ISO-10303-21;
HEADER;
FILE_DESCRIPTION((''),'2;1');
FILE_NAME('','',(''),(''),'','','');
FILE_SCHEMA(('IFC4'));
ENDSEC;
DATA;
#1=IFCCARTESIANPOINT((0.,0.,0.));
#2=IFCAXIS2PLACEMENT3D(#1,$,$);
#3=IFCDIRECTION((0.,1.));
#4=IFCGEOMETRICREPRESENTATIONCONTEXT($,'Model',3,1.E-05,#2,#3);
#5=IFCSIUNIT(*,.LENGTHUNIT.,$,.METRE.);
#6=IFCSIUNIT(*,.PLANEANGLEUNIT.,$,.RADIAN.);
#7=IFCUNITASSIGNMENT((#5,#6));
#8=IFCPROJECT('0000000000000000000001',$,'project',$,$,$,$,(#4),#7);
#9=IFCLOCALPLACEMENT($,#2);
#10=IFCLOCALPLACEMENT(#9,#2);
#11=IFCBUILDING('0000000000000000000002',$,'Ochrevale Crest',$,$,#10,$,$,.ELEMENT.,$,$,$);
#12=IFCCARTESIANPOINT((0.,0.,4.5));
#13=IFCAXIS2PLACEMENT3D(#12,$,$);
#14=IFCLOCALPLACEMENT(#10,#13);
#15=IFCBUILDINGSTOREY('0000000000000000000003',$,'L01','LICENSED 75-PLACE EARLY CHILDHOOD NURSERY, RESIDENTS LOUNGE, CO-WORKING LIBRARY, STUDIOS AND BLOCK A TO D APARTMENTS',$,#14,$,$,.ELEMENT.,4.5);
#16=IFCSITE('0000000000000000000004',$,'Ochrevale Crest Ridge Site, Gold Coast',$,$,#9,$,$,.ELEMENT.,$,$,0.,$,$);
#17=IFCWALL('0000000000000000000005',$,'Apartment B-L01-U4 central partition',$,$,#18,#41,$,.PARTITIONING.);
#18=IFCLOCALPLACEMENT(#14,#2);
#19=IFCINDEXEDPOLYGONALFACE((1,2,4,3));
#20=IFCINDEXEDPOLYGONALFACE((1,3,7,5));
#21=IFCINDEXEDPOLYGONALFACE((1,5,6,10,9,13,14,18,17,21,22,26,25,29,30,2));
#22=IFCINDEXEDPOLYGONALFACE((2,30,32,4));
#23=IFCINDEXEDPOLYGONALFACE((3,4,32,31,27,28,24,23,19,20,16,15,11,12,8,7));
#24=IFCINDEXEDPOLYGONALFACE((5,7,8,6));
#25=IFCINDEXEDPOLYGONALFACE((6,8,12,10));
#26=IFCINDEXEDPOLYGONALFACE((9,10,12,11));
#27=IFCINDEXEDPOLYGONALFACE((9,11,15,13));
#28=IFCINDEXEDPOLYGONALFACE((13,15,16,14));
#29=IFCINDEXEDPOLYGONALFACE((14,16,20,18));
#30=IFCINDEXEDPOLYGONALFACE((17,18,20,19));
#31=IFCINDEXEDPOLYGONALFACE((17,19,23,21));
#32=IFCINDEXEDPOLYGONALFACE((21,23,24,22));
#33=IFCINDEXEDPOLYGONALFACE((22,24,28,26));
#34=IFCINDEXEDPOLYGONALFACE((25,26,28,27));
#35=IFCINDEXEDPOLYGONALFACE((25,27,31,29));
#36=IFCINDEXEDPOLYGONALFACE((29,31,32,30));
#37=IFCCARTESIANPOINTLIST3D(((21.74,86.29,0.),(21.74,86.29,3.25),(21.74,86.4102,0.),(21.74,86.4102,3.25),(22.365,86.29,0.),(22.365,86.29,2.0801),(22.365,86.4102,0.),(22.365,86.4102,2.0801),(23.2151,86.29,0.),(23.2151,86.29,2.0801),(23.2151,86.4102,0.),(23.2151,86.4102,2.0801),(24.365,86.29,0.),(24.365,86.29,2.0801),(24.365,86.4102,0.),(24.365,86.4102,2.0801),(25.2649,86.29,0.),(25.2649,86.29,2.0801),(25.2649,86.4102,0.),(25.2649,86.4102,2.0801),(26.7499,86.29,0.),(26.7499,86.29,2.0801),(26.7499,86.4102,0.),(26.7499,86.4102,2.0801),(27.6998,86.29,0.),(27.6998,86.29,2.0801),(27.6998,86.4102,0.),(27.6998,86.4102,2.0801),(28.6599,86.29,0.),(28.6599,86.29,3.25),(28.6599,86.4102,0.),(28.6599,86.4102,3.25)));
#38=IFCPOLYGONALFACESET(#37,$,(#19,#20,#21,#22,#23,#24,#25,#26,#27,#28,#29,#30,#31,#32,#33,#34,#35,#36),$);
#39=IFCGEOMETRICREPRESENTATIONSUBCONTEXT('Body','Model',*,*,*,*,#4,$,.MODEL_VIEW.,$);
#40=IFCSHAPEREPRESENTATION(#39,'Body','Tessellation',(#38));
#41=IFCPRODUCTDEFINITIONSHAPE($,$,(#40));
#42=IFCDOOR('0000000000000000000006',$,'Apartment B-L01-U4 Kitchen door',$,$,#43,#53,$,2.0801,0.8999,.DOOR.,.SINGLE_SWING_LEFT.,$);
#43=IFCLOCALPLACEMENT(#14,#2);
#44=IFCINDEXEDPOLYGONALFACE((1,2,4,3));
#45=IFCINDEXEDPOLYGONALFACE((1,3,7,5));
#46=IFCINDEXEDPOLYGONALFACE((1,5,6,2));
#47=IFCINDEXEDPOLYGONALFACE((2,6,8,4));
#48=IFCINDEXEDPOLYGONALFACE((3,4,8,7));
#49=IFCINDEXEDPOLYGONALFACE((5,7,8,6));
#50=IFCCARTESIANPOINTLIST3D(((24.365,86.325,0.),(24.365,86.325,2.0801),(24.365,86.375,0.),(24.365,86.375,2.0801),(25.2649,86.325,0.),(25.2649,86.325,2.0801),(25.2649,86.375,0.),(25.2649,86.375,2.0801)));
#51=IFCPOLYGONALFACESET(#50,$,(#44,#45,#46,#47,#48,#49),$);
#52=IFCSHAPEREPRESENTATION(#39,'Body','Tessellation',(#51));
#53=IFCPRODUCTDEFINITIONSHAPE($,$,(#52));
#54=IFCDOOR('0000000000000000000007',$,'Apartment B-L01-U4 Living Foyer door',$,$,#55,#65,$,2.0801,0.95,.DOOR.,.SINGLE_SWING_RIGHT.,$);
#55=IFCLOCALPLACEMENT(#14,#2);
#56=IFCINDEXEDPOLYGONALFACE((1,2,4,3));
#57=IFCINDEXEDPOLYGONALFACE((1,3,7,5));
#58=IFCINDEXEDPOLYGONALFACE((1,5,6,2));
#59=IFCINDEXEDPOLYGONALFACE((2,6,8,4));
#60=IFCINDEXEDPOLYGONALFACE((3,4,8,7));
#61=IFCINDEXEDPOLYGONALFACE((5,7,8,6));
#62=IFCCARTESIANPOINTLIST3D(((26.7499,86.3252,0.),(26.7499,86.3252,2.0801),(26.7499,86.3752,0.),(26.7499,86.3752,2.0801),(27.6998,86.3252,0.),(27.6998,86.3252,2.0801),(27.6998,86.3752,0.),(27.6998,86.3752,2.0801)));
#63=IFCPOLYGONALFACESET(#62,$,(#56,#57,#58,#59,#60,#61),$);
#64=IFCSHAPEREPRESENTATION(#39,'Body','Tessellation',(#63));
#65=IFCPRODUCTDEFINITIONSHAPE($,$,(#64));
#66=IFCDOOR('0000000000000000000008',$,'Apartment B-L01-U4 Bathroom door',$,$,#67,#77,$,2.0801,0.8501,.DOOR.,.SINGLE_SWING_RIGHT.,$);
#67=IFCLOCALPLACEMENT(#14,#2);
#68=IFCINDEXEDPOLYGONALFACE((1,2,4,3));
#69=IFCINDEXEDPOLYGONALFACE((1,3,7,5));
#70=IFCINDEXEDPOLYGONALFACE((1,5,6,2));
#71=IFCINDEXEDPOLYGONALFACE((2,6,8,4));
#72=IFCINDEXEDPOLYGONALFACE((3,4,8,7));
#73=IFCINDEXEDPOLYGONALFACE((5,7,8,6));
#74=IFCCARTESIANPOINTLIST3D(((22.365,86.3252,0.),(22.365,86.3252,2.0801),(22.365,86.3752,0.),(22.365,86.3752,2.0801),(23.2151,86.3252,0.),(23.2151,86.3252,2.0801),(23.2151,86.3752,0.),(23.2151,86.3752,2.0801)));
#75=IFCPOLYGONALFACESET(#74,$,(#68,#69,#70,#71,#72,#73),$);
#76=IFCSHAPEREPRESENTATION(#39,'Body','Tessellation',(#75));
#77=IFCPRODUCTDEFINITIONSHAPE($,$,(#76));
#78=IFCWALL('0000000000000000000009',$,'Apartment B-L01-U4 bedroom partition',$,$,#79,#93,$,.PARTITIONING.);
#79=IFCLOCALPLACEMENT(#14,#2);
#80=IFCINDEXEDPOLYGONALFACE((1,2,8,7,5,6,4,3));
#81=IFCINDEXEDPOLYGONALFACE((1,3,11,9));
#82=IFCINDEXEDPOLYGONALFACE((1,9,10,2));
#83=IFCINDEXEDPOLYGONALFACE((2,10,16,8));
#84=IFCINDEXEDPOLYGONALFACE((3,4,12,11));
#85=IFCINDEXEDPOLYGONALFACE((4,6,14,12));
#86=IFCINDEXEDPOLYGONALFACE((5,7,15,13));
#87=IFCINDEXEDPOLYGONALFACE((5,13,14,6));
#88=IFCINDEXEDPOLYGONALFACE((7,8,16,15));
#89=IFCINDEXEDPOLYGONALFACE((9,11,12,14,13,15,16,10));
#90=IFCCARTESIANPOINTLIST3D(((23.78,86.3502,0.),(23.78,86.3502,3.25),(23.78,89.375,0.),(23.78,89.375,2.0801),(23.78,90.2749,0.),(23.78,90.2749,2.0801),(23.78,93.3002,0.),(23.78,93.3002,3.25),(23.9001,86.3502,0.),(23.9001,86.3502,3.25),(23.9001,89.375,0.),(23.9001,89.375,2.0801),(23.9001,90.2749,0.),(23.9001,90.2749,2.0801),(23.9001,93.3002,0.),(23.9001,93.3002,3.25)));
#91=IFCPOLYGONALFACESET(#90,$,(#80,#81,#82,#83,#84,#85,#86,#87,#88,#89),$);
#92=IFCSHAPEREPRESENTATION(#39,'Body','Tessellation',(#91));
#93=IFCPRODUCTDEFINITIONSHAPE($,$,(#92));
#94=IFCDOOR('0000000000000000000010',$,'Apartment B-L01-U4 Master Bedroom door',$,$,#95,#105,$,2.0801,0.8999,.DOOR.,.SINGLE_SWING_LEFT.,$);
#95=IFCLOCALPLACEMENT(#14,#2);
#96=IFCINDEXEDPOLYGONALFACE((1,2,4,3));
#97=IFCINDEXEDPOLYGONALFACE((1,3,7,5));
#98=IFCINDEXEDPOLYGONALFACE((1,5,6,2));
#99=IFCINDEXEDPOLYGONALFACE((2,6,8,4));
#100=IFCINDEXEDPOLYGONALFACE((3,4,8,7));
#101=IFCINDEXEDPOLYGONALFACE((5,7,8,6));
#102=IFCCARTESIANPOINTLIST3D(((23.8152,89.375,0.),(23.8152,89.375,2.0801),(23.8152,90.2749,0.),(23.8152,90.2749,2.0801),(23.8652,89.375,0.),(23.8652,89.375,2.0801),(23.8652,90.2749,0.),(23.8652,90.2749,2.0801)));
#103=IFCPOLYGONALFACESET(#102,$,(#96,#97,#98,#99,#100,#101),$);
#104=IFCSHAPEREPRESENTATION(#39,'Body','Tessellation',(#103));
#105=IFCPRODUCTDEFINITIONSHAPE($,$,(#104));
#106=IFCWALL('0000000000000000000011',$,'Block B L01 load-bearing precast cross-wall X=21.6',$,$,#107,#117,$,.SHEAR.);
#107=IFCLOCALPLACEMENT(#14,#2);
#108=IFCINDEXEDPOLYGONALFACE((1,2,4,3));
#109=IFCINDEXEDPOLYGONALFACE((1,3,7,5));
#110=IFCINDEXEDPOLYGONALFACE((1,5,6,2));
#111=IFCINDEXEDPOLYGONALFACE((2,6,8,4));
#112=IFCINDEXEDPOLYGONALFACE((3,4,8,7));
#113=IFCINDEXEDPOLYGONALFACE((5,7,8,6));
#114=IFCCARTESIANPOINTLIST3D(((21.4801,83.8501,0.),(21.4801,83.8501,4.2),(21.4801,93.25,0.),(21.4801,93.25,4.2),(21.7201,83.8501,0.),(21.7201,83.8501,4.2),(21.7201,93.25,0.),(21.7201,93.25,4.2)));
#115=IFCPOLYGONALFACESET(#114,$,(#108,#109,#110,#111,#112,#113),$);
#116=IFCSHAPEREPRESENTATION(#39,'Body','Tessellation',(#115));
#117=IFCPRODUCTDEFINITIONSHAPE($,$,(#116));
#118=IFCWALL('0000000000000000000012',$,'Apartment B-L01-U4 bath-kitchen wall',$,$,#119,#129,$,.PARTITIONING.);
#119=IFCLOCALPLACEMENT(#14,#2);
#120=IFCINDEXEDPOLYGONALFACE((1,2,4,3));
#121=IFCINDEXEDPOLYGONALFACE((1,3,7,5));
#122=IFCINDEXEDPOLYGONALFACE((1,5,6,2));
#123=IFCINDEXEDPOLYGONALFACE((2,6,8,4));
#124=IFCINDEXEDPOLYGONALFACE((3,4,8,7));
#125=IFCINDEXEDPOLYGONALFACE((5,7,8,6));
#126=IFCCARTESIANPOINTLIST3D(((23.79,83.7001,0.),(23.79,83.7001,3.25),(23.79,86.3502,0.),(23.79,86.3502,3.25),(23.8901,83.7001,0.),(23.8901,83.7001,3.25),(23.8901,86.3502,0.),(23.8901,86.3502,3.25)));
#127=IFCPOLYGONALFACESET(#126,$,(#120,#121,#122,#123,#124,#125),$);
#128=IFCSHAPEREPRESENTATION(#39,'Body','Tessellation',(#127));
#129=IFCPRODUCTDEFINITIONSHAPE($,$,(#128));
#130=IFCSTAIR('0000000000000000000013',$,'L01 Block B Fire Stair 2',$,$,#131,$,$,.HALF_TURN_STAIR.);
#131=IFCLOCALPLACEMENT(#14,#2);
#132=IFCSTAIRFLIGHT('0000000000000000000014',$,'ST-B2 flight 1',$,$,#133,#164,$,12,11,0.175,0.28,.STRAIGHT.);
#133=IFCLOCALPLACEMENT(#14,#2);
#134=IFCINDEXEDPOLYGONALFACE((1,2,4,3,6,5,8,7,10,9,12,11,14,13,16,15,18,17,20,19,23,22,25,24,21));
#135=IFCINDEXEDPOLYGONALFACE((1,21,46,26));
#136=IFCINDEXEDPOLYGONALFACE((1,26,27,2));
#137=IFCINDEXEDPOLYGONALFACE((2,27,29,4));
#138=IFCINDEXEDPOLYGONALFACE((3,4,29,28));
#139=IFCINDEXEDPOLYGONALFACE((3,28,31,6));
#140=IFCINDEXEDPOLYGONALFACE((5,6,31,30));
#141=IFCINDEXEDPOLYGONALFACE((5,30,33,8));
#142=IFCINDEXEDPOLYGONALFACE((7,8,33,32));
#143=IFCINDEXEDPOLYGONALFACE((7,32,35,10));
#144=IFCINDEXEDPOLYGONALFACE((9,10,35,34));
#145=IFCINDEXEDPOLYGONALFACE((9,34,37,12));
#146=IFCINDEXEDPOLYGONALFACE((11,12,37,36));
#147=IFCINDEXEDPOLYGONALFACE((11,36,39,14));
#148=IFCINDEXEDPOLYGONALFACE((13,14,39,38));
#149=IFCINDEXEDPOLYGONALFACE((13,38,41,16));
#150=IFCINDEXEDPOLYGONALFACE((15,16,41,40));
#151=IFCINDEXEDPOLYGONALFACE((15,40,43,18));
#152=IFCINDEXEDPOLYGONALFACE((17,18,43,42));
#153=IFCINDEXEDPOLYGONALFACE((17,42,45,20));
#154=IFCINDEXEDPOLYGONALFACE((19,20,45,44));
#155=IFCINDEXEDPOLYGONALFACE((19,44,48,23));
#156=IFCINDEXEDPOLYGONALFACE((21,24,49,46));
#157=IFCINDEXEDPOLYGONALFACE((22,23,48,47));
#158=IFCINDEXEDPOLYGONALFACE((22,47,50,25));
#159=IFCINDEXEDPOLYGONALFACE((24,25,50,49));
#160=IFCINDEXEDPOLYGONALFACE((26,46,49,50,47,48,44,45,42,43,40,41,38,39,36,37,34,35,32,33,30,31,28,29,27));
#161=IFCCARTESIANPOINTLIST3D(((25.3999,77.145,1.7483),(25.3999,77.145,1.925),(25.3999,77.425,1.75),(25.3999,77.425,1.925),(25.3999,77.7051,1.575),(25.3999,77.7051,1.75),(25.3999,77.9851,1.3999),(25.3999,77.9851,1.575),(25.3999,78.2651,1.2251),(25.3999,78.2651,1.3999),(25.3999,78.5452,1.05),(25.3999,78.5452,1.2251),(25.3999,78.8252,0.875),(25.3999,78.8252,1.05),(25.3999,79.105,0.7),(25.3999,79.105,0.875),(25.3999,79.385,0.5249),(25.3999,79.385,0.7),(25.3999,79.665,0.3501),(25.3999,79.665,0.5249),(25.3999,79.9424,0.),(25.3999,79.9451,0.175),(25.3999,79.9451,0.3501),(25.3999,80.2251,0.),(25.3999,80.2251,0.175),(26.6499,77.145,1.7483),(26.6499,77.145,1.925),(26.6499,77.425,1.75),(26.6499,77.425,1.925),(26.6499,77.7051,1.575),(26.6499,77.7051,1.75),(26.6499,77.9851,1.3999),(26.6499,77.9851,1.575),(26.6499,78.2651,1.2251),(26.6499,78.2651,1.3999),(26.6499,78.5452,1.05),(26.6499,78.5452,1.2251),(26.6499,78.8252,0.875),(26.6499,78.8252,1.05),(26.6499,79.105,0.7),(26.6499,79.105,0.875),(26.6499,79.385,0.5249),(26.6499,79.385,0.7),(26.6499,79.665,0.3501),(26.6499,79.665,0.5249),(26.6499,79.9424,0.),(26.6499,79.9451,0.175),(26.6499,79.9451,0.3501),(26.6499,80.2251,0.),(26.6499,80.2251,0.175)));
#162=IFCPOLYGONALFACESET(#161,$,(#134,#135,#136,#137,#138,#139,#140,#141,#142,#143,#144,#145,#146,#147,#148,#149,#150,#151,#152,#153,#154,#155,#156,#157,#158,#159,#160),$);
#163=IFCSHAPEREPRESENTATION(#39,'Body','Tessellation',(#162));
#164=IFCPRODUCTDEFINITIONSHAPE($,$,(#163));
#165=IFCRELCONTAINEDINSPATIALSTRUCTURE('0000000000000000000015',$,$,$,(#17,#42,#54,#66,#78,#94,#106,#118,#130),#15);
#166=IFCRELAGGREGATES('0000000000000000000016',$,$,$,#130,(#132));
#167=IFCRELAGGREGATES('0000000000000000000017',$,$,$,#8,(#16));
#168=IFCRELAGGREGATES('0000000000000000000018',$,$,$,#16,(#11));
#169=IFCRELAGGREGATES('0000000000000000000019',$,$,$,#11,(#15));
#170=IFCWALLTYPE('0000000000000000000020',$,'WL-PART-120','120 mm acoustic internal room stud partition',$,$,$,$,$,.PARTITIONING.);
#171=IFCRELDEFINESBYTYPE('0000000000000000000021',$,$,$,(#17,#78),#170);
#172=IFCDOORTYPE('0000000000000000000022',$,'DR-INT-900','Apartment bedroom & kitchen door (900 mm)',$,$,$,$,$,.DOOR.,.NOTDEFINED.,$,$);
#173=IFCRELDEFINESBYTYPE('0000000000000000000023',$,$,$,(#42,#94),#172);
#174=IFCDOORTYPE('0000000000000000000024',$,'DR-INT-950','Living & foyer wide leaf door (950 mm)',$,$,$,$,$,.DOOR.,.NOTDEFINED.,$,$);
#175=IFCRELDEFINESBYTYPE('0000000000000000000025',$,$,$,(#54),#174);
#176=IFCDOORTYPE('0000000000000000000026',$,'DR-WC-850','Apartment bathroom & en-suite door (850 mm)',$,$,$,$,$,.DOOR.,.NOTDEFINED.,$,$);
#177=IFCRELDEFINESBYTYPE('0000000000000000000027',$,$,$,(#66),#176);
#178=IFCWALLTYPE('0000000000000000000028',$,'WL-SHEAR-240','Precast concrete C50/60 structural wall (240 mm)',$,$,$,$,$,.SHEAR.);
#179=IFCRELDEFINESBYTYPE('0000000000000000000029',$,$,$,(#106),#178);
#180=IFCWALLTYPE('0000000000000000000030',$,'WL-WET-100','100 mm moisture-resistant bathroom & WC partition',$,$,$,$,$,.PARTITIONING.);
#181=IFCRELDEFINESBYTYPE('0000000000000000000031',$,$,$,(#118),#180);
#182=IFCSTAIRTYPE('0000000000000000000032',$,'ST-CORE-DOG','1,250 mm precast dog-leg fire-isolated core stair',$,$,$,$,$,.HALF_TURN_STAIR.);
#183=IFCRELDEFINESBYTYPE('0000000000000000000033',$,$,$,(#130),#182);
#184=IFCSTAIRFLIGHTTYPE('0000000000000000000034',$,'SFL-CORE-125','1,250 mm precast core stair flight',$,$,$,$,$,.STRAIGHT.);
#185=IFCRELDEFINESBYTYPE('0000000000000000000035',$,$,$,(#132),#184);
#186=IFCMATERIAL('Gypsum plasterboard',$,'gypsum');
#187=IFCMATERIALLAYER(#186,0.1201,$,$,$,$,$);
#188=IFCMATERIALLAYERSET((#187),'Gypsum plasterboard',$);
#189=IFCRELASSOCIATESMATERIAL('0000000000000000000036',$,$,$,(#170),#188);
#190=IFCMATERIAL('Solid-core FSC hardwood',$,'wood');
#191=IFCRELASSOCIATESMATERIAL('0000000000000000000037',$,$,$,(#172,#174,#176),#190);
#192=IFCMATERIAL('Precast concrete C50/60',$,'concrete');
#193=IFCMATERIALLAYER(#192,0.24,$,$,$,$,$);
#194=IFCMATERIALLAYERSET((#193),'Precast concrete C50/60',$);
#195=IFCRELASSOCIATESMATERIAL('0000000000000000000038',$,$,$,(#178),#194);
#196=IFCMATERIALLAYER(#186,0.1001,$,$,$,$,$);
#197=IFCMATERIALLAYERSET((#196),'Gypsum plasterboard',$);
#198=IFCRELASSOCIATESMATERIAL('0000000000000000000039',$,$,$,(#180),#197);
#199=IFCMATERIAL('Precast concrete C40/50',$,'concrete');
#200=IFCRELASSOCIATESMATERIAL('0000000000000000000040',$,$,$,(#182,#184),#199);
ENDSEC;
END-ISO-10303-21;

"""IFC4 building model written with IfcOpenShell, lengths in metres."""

from ifc_helpers import new_model, si_unit, direction, frame, frame_2d, origin, place, context, subcontext, project, spatial, polyline, rectangle, outline, extrude, material, layer, layer_set, type_object, element, fill, aggregate, save


model = new_model("IFC4")

# Units and contexts
model_context = context("Model", 3, precision=1e-05, world=origin(), true_north=direction((0.0, 1.0)))
body_context = subcontext(model_context, "Body", "Model", "MODEL_VIEW")
ifc_project = project(units=[si_unit("LENGTHUNIT", "METRE"), si_unit("PLANEANGLEUNIT", "RADIAN")], contexts=[model_context])

# Site, building, storey
site_placement = place(None, origin())
site = spatial("IfcSite", under=ifc_project, at=site_placement, Name="Ochrevale Crest Ridge Site, Gold Coast", CompositionType="ELEMENT", RefElevation=0.0)
building_placement = place(site_placement, origin())
building = spatial("IfcBuilding", under=site, at=building_placement, Name="Ochrevale Crest", CompositionType="ELEMENT")
storey_placement = place(building_placement, frame((0.0, 0.0, 4.5)))
storey = spatial("IfcBuildingStorey", under=building, at=storey_placement, Name="L01", Description="LICENSED 75-PLACE EARLY CHILDHOOD NURSERY, RESIDENTS LOUNGE, CO-WORKING LIBRARY, STUDIOS AND BLOCK A TO D APARTMENTS", CompositionType="ELEMENT", Elevation=4.5)

# Shared definitions
ifc_material_1 = material(Name="Precast concrete C50/60", Category="concrete")

# Shared definitions
ifc_material_2 = material(Name="Gypsum plasterboard", Category="gypsum")
ifc_material_3 = material(Name="Solid-core FSC hardwood", Category="wood")

# Shared definitions
ifc_layer_1 = layer(ifc_material_2, 0.1201)
ifc_layer_set_1 = layer_set([ifc_layer_1], Name="Gypsum plasterboard")
wall_type_1 = type_object("IfcWallType", Name="WL-PART-120", Description="120 mm acoustic internal room stud partition", PredefinedType="PARTITIONING", material=ifc_layer_set_1)

# Wall, openings, doors
wall_1_placement = place(storey_placement, frame((21.74, 86.3501, 0.0), z_axis=(0.0, 0.0, 1.0), x_axis=(1.0, 0.0, 0.0)))
wall_1 = element("IfcWall", 1, at=wall_1_placement, inside=storey, type_object=wall_type_1, Name="Apartment B-L01-U4 central partition", PredefinedType="PARTITIONING", context=body_context, shape_type="SweptSolid", body=[
    extrude(rectangle(XDim=6.9199, YDim=0.1201, at=frame_2d((3.46, 0.0))), origin(), (0.0, 0.0, 1.0), 3.25),
])
opening_1_placement = place(wall_1_placement, frame((1.4751, 0.0, 0.0), z_axis=(0.0, 0.0, 1.0), x_axis=(-1.0, 0.0, 0.0)))
opening_1 = element("IfcOpeningElement", 2, at=opening_1_placement, cuts=wall_1, PredefinedType="OPENING", context=body_context, shape_type="SweptSolid", body=[
    extrude(rectangle(XDim=0.8501, YDim=2.0801, at=frame_2d((0.425, 1.04))), frame((0.0, 0.0701, 0.0), z_axis=(0.0, -1.0, 0.0), x_axis=(1.0, 0.0, 0.0)), (0.0, 0.0, 1.0), 0.1401),
])
opening_2_placement = place(wall_1_placement, frame((2.625, 0.0, 0.0)))
opening_2 = element("IfcOpeningElement", 3, at=opening_2_placement, cuts=wall_1, PredefinedType="OPENING", context=body_context, shape_type="SweptSolid", body=[
    extrude(rectangle(XDim=0.8999, YDim=2.0801, at=frame_2d((0.45, 1.04))), frame((0.0, 0.0701, 0.0), z_axis=(0.0, -1.0, 0.0), x_axis=(1.0, 0.0, 0.0)), (0.0, 0.0, 1.0), 0.1401),
])
opening_3_placement = place(wall_1_placement, frame((5.96, 0.0, 0.0), z_axis=(0.0, 0.0, 1.0), x_axis=(-1.0, 0.0, 0.0)))
opening_3 = element("IfcOpeningElement", 4, at=opening_3_placement, cuts=wall_1, PredefinedType="OPENING", context=body_context, shape_type="SweptSolid", body=[
    extrude(rectangle(XDim=0.95, YDim=2.0801, at=frame_2d((0.4751, 1.04))), frame((0.0, 0.0701, 0.0), z_axis=(0.0, -1.0, 0.0), x_axis=(1.0, 0.0, 0.0)), (0.0, 0.0, 1.0), 0.1401),
])
door_type_1 = type_object("IfcDoorType", Name="DR-INT-900", Description="Apartment bedroom & kitchen door (900 mm)", OperationType="NOTDEFINED", PredefinedType="DOOR", material=ifc_material_3)
door_1_placement = place(opening_2_placement, origin())
door_1 = element("IfcDoor", 5, at=door_1_placement, inside=storey, type_object=door_type_1, Name="Apartment B-L01-U4 Kitchen door", OperationType="SINGLE_SWING_LEFT", OverallHeight=2.0801, OverallWidth=0.8999, PredefinedType="DOOR", context=body_context, shape_type="SweptSolid", body=[
    extrude(rectangle(XDim=0.8999, YDim=2.0801, at=frame_2d((0.45, 1.04))), frame((0.0, 0.0249, 0.0), z_axis=(0.0, -1.0, 0.0), x_axis=(1.0, 0.0, 0.0)), (0.0, 0.0, 1.0), 0.05),
])
fill(opening_2, door_1)
door_type_2 = type_object("IfcDoorType", Name="DR-INT-950", Description="Living & foyer wide leaf door (950 mm)", OperationType="NOTDEFINED", PredefinedType="DOOR", material=ifc_material_3)
door_2_placement = place(opening_3_placement, origin())
door_2 = element("IfcDoor", 6, at=door_2_placement, inside=storey, type_object=door_type_2, Name="Apartment B-L01-U4 Living Foyer door", OperationType="SINGLE_SWING_RIGHT", OverallHeight=2.0801, OverallWidth=0.95, PredefinedType="DOOR", context=body_context, shape_type="SweptSolid", body=[
    extrude(rectangle(XDim=0.95, YDim=2.0801, at=frame_2d((0.4751, 1.04))), frame((0.0, 0.0249, 0.0), z_axis=(0.0, -1.0, 0.0), x_axis=(1.0, 0.0, 0.0)), (0.0, 0.0, 1.0), 0.05),
])
fill(opening_3, door_2)
door_type_3 = type_object("IfcDoorType", Name="DR-WC-850", Description="Apartment bathroom & en-suite door (850 mm)", OperationType="NOTDEFINED", PredefinedType="DOOR", material=ifc_material_3)
door_3_placement = place(opening_1_placement, origin())
door_3 = element("IfcDoor", 7, at=door_3_placement, inside=storey, type_object=door_type_3, Name="Apartment B-L01-U4 Bathroom door", OperationType="SINGLE_SWING_RIGHT", OverallHeight=2.0801, OverallWidth=0.8501, PredefinedType="DOOR", context=body_context, shape_type="SweptSolid", body=[
    extrude(rectangle(XDim=0.8501, YDim=2.0801, at=frame_2d((0.425, 1.04))), frame((0.0, 0.0249, 0.0), z_axis=(0.0, -1.0, 0.0), x_axis=(1.0, 0.0, 0.0)), (0.0, 0.0, 1.0), 0.05),
])
fill(opening_1, door_3)

# Wall, opening, door
wall_2_placement = place(storey_placement, frame((23.8401, 86.3501, 0.0), z_axis=(0.0, 0.0, 1.0), x_axis=(0.0, 1.0, 0.0)))
wall_2 = element("IfcWall", 8, at=wall_2_placement, inside=storey, type_object=wall_type_1, Name="Apartment B-L01-U4 bedroom partition", PredefinedType="PARTITIONING", context=body_context, shape_type="SweptSolid", body=[
    extrude(rectangle(XDim=6.95, YDim=0.1201, at=frame_2d((3.4751, 0.0))), origin(), (0.0, 0.0, 1.0), 3.25),
])
opening_4_placement = place(wall_2_placement, frame((3.0249, 0.0, 0.0)))
opening_4 = element("IfcOpeningElement", 9, at=opening_4_placement, cuts=wall_2, PredefinedType="OPENING", context=body_context, shape_type="SweptSolid", body=[
    extrude(rectangle(XDim=0.8999, YDim=2.0801, at=frame_2d((0.45, 1.04))), frame((0.0, 0.0701, 0.0), z_axis=(0.0, -1.0, 0.0), x_axis=(1.0, 0.0, 0.0)), (0.0, 0.0, 1.0), 0.1401),
])
door_4_placement = place(opening_4_placement, origin())
door_4 = element("IfcDoor", 10, at=door_4_placement, inside=storey, type_object=door_type_1, Name="Apartment B-L01-U4 Master Bedroom door", OperationType="SINGLE_SWING_LEFT", OverallHeight=2.0801, OverallWidth=0.8999, PredefinedType="DOOR", context=body_context, shape_type="SweptSolid", body=[
    extrude(rectangle(XDim=0.8999, YDim=2.0801, at=frame_2d((0.45, 1.04))), frame((0.0, 0.0249, 0.0), z_axis=(0.0, -1.0, 0.0), x_axis=(1.0, 0.0, 0.0)), (0.0, 0.0, 1.0), 0.05),
])
fill(opening_4, door_4)

# Walls
ifc_layer_2 = layer(ifc_material_1, 0.24)
ifc_layer_set_2 = layer_set([ifc_layer_2], Name="Precast concrete C50/60")
wall_type_2 = type_object("IfcWallType", Name="WL-SHEAR-240", Description="Precast concrete C50/60 structural wall (240 mm)", PredefinedType="SHEAR", material=ifc_layer_set_2)
wall_3_placement = place(storey_placement, frame((21.6001, 83.8501, 0.0), z_axis=(0.0, 0.0, 1.0), x_axis=(0.0, 1.0, 0.0)))
element("IfcWall", 11, at=wall_3_placement, inside=storey, type_object=wall_type_2, Name="Block B L01 load-bearing precast cross-wall X=21.6", PredefinedType="SHEAR", context=body_context, shape_type="SweptSolid", body=[
    extrude(rectangle(XDim=9.3999, YDim=0.24, at=frame_2d((4.7, 0.0))), origin(), (0.0, 0.0, 1.0), 4.2),
])
ifc_layer_3 = layer(ifc_material_2, 0.1001)
ifc_layer_set_3 = layer_set([ifc_layer_3], Name="Gypsum plasterboard")
wall_type_3 = type_object("IfcWallType", Name="WL-WET-100", Description="100 mm moisture-resistant bathroom & WC partition", PredefinedType="PARTITIONING", material=ifc_layer_set_3)
wall_4_placement = place(storey_placement, frame((23.8401, 83.7, 0.0), z_axis=(0.0, 0.0, 1.0), x_axis=(0.0, 1.0, 0.0)))
element("IfcWall", 12, at=wall_4_placement, inside=storey, type_object=wall_type_3, Name="Apartment B-L01-U4 bath-kitchen wall", PredefinedType="PARTITIONING", context=body_context, shape_type="SweptSolid", body=[
    extrude(rectangle(XDim=2.6501, YDim=0.1001, at=frame_2d((1.3252, 0.0))), origin(), (0.0, 0.0, 1.0), 3.25),
])

# Stair, stair flight
ifc_material_4 = material(Name="Precast concrete C40/50", Category="concrete")
stair_type = type_object("IfcStairType", Name="ST-CORE-DOG", Description="1,250 mm precast dog-leg fire-isolated core stair", PredefinedType="HALF_TURN_STAIR", material=ifc_material_4)
stair_placement = place(storey_placement, origin())
stair = element("IfcStair", 13, at=stair_placement, inside=storey, type_object=stair_type, Name="L01 Block B Fire Stair 2", PredefinedType="HALF_TURN_STAIR")
stair_flight_type = type_object("IfcStairFlightType", Name="SFL-CORE-125", Description="1,250 mm precast core stair flight", PredefinedType="STRAIGHT", material=ifc_material_4)
stair_flight_placement = place(storey_placement, frame((26.0249, 80.2251, 0.0), z_axis=(0.0, 0.0, 1.0), x_axis=(0.0, -1.0, 0.0)))
stair_flight = element("IfcStairFlight", 14, at=stair_flight_placement, type_object=stair_flight_type, Name="ST-B2 flight 1", NumberOfRisers=12, NumberOfTreads=11, PredefinedType="STRAIGHT", RiserHeight=0.175, TreadLength=0.28, context=body_context, shape_type="SweptSolid", body=[
    extrude(outline(polyline([(0.0, 0.0), (0.0, 0.175), (0.28, 0.175), (0.28, 0.3501), (0.5601, 0.3501), (0.5601, 0.5249), (0.8401, 0.5249), (0.8401, 0.7), (1.1201, 0.7), (1.1201, 0.875), (1.3999, 0.875), (1.3999, 1.05), (1.6799, 1.05), (1.6799, 1.2251), (1.96, 1.2251), (1.96, 1.3999), (2.24, 1.3999), (2.24, 1.575), (2.52, 1.575), (2.52, 1.75), (2.8, 1.75), (2.8, 1.925), (3.0801, 1.925), (3.0801, 2.1001), (3.0801, 1.7483), (0.2827, 0.0), (0.0, 0.0)])), frame((0.0, 0.625, 0.0), z_axis=(0.0, -1.0, 0.0), x_axis=(1.0, 0.0, 0.0)), (0.0, 0.0, 1.0), 1.25),
])
aggregate(stair, [stair_flight])

save(model, "model.ifc")
